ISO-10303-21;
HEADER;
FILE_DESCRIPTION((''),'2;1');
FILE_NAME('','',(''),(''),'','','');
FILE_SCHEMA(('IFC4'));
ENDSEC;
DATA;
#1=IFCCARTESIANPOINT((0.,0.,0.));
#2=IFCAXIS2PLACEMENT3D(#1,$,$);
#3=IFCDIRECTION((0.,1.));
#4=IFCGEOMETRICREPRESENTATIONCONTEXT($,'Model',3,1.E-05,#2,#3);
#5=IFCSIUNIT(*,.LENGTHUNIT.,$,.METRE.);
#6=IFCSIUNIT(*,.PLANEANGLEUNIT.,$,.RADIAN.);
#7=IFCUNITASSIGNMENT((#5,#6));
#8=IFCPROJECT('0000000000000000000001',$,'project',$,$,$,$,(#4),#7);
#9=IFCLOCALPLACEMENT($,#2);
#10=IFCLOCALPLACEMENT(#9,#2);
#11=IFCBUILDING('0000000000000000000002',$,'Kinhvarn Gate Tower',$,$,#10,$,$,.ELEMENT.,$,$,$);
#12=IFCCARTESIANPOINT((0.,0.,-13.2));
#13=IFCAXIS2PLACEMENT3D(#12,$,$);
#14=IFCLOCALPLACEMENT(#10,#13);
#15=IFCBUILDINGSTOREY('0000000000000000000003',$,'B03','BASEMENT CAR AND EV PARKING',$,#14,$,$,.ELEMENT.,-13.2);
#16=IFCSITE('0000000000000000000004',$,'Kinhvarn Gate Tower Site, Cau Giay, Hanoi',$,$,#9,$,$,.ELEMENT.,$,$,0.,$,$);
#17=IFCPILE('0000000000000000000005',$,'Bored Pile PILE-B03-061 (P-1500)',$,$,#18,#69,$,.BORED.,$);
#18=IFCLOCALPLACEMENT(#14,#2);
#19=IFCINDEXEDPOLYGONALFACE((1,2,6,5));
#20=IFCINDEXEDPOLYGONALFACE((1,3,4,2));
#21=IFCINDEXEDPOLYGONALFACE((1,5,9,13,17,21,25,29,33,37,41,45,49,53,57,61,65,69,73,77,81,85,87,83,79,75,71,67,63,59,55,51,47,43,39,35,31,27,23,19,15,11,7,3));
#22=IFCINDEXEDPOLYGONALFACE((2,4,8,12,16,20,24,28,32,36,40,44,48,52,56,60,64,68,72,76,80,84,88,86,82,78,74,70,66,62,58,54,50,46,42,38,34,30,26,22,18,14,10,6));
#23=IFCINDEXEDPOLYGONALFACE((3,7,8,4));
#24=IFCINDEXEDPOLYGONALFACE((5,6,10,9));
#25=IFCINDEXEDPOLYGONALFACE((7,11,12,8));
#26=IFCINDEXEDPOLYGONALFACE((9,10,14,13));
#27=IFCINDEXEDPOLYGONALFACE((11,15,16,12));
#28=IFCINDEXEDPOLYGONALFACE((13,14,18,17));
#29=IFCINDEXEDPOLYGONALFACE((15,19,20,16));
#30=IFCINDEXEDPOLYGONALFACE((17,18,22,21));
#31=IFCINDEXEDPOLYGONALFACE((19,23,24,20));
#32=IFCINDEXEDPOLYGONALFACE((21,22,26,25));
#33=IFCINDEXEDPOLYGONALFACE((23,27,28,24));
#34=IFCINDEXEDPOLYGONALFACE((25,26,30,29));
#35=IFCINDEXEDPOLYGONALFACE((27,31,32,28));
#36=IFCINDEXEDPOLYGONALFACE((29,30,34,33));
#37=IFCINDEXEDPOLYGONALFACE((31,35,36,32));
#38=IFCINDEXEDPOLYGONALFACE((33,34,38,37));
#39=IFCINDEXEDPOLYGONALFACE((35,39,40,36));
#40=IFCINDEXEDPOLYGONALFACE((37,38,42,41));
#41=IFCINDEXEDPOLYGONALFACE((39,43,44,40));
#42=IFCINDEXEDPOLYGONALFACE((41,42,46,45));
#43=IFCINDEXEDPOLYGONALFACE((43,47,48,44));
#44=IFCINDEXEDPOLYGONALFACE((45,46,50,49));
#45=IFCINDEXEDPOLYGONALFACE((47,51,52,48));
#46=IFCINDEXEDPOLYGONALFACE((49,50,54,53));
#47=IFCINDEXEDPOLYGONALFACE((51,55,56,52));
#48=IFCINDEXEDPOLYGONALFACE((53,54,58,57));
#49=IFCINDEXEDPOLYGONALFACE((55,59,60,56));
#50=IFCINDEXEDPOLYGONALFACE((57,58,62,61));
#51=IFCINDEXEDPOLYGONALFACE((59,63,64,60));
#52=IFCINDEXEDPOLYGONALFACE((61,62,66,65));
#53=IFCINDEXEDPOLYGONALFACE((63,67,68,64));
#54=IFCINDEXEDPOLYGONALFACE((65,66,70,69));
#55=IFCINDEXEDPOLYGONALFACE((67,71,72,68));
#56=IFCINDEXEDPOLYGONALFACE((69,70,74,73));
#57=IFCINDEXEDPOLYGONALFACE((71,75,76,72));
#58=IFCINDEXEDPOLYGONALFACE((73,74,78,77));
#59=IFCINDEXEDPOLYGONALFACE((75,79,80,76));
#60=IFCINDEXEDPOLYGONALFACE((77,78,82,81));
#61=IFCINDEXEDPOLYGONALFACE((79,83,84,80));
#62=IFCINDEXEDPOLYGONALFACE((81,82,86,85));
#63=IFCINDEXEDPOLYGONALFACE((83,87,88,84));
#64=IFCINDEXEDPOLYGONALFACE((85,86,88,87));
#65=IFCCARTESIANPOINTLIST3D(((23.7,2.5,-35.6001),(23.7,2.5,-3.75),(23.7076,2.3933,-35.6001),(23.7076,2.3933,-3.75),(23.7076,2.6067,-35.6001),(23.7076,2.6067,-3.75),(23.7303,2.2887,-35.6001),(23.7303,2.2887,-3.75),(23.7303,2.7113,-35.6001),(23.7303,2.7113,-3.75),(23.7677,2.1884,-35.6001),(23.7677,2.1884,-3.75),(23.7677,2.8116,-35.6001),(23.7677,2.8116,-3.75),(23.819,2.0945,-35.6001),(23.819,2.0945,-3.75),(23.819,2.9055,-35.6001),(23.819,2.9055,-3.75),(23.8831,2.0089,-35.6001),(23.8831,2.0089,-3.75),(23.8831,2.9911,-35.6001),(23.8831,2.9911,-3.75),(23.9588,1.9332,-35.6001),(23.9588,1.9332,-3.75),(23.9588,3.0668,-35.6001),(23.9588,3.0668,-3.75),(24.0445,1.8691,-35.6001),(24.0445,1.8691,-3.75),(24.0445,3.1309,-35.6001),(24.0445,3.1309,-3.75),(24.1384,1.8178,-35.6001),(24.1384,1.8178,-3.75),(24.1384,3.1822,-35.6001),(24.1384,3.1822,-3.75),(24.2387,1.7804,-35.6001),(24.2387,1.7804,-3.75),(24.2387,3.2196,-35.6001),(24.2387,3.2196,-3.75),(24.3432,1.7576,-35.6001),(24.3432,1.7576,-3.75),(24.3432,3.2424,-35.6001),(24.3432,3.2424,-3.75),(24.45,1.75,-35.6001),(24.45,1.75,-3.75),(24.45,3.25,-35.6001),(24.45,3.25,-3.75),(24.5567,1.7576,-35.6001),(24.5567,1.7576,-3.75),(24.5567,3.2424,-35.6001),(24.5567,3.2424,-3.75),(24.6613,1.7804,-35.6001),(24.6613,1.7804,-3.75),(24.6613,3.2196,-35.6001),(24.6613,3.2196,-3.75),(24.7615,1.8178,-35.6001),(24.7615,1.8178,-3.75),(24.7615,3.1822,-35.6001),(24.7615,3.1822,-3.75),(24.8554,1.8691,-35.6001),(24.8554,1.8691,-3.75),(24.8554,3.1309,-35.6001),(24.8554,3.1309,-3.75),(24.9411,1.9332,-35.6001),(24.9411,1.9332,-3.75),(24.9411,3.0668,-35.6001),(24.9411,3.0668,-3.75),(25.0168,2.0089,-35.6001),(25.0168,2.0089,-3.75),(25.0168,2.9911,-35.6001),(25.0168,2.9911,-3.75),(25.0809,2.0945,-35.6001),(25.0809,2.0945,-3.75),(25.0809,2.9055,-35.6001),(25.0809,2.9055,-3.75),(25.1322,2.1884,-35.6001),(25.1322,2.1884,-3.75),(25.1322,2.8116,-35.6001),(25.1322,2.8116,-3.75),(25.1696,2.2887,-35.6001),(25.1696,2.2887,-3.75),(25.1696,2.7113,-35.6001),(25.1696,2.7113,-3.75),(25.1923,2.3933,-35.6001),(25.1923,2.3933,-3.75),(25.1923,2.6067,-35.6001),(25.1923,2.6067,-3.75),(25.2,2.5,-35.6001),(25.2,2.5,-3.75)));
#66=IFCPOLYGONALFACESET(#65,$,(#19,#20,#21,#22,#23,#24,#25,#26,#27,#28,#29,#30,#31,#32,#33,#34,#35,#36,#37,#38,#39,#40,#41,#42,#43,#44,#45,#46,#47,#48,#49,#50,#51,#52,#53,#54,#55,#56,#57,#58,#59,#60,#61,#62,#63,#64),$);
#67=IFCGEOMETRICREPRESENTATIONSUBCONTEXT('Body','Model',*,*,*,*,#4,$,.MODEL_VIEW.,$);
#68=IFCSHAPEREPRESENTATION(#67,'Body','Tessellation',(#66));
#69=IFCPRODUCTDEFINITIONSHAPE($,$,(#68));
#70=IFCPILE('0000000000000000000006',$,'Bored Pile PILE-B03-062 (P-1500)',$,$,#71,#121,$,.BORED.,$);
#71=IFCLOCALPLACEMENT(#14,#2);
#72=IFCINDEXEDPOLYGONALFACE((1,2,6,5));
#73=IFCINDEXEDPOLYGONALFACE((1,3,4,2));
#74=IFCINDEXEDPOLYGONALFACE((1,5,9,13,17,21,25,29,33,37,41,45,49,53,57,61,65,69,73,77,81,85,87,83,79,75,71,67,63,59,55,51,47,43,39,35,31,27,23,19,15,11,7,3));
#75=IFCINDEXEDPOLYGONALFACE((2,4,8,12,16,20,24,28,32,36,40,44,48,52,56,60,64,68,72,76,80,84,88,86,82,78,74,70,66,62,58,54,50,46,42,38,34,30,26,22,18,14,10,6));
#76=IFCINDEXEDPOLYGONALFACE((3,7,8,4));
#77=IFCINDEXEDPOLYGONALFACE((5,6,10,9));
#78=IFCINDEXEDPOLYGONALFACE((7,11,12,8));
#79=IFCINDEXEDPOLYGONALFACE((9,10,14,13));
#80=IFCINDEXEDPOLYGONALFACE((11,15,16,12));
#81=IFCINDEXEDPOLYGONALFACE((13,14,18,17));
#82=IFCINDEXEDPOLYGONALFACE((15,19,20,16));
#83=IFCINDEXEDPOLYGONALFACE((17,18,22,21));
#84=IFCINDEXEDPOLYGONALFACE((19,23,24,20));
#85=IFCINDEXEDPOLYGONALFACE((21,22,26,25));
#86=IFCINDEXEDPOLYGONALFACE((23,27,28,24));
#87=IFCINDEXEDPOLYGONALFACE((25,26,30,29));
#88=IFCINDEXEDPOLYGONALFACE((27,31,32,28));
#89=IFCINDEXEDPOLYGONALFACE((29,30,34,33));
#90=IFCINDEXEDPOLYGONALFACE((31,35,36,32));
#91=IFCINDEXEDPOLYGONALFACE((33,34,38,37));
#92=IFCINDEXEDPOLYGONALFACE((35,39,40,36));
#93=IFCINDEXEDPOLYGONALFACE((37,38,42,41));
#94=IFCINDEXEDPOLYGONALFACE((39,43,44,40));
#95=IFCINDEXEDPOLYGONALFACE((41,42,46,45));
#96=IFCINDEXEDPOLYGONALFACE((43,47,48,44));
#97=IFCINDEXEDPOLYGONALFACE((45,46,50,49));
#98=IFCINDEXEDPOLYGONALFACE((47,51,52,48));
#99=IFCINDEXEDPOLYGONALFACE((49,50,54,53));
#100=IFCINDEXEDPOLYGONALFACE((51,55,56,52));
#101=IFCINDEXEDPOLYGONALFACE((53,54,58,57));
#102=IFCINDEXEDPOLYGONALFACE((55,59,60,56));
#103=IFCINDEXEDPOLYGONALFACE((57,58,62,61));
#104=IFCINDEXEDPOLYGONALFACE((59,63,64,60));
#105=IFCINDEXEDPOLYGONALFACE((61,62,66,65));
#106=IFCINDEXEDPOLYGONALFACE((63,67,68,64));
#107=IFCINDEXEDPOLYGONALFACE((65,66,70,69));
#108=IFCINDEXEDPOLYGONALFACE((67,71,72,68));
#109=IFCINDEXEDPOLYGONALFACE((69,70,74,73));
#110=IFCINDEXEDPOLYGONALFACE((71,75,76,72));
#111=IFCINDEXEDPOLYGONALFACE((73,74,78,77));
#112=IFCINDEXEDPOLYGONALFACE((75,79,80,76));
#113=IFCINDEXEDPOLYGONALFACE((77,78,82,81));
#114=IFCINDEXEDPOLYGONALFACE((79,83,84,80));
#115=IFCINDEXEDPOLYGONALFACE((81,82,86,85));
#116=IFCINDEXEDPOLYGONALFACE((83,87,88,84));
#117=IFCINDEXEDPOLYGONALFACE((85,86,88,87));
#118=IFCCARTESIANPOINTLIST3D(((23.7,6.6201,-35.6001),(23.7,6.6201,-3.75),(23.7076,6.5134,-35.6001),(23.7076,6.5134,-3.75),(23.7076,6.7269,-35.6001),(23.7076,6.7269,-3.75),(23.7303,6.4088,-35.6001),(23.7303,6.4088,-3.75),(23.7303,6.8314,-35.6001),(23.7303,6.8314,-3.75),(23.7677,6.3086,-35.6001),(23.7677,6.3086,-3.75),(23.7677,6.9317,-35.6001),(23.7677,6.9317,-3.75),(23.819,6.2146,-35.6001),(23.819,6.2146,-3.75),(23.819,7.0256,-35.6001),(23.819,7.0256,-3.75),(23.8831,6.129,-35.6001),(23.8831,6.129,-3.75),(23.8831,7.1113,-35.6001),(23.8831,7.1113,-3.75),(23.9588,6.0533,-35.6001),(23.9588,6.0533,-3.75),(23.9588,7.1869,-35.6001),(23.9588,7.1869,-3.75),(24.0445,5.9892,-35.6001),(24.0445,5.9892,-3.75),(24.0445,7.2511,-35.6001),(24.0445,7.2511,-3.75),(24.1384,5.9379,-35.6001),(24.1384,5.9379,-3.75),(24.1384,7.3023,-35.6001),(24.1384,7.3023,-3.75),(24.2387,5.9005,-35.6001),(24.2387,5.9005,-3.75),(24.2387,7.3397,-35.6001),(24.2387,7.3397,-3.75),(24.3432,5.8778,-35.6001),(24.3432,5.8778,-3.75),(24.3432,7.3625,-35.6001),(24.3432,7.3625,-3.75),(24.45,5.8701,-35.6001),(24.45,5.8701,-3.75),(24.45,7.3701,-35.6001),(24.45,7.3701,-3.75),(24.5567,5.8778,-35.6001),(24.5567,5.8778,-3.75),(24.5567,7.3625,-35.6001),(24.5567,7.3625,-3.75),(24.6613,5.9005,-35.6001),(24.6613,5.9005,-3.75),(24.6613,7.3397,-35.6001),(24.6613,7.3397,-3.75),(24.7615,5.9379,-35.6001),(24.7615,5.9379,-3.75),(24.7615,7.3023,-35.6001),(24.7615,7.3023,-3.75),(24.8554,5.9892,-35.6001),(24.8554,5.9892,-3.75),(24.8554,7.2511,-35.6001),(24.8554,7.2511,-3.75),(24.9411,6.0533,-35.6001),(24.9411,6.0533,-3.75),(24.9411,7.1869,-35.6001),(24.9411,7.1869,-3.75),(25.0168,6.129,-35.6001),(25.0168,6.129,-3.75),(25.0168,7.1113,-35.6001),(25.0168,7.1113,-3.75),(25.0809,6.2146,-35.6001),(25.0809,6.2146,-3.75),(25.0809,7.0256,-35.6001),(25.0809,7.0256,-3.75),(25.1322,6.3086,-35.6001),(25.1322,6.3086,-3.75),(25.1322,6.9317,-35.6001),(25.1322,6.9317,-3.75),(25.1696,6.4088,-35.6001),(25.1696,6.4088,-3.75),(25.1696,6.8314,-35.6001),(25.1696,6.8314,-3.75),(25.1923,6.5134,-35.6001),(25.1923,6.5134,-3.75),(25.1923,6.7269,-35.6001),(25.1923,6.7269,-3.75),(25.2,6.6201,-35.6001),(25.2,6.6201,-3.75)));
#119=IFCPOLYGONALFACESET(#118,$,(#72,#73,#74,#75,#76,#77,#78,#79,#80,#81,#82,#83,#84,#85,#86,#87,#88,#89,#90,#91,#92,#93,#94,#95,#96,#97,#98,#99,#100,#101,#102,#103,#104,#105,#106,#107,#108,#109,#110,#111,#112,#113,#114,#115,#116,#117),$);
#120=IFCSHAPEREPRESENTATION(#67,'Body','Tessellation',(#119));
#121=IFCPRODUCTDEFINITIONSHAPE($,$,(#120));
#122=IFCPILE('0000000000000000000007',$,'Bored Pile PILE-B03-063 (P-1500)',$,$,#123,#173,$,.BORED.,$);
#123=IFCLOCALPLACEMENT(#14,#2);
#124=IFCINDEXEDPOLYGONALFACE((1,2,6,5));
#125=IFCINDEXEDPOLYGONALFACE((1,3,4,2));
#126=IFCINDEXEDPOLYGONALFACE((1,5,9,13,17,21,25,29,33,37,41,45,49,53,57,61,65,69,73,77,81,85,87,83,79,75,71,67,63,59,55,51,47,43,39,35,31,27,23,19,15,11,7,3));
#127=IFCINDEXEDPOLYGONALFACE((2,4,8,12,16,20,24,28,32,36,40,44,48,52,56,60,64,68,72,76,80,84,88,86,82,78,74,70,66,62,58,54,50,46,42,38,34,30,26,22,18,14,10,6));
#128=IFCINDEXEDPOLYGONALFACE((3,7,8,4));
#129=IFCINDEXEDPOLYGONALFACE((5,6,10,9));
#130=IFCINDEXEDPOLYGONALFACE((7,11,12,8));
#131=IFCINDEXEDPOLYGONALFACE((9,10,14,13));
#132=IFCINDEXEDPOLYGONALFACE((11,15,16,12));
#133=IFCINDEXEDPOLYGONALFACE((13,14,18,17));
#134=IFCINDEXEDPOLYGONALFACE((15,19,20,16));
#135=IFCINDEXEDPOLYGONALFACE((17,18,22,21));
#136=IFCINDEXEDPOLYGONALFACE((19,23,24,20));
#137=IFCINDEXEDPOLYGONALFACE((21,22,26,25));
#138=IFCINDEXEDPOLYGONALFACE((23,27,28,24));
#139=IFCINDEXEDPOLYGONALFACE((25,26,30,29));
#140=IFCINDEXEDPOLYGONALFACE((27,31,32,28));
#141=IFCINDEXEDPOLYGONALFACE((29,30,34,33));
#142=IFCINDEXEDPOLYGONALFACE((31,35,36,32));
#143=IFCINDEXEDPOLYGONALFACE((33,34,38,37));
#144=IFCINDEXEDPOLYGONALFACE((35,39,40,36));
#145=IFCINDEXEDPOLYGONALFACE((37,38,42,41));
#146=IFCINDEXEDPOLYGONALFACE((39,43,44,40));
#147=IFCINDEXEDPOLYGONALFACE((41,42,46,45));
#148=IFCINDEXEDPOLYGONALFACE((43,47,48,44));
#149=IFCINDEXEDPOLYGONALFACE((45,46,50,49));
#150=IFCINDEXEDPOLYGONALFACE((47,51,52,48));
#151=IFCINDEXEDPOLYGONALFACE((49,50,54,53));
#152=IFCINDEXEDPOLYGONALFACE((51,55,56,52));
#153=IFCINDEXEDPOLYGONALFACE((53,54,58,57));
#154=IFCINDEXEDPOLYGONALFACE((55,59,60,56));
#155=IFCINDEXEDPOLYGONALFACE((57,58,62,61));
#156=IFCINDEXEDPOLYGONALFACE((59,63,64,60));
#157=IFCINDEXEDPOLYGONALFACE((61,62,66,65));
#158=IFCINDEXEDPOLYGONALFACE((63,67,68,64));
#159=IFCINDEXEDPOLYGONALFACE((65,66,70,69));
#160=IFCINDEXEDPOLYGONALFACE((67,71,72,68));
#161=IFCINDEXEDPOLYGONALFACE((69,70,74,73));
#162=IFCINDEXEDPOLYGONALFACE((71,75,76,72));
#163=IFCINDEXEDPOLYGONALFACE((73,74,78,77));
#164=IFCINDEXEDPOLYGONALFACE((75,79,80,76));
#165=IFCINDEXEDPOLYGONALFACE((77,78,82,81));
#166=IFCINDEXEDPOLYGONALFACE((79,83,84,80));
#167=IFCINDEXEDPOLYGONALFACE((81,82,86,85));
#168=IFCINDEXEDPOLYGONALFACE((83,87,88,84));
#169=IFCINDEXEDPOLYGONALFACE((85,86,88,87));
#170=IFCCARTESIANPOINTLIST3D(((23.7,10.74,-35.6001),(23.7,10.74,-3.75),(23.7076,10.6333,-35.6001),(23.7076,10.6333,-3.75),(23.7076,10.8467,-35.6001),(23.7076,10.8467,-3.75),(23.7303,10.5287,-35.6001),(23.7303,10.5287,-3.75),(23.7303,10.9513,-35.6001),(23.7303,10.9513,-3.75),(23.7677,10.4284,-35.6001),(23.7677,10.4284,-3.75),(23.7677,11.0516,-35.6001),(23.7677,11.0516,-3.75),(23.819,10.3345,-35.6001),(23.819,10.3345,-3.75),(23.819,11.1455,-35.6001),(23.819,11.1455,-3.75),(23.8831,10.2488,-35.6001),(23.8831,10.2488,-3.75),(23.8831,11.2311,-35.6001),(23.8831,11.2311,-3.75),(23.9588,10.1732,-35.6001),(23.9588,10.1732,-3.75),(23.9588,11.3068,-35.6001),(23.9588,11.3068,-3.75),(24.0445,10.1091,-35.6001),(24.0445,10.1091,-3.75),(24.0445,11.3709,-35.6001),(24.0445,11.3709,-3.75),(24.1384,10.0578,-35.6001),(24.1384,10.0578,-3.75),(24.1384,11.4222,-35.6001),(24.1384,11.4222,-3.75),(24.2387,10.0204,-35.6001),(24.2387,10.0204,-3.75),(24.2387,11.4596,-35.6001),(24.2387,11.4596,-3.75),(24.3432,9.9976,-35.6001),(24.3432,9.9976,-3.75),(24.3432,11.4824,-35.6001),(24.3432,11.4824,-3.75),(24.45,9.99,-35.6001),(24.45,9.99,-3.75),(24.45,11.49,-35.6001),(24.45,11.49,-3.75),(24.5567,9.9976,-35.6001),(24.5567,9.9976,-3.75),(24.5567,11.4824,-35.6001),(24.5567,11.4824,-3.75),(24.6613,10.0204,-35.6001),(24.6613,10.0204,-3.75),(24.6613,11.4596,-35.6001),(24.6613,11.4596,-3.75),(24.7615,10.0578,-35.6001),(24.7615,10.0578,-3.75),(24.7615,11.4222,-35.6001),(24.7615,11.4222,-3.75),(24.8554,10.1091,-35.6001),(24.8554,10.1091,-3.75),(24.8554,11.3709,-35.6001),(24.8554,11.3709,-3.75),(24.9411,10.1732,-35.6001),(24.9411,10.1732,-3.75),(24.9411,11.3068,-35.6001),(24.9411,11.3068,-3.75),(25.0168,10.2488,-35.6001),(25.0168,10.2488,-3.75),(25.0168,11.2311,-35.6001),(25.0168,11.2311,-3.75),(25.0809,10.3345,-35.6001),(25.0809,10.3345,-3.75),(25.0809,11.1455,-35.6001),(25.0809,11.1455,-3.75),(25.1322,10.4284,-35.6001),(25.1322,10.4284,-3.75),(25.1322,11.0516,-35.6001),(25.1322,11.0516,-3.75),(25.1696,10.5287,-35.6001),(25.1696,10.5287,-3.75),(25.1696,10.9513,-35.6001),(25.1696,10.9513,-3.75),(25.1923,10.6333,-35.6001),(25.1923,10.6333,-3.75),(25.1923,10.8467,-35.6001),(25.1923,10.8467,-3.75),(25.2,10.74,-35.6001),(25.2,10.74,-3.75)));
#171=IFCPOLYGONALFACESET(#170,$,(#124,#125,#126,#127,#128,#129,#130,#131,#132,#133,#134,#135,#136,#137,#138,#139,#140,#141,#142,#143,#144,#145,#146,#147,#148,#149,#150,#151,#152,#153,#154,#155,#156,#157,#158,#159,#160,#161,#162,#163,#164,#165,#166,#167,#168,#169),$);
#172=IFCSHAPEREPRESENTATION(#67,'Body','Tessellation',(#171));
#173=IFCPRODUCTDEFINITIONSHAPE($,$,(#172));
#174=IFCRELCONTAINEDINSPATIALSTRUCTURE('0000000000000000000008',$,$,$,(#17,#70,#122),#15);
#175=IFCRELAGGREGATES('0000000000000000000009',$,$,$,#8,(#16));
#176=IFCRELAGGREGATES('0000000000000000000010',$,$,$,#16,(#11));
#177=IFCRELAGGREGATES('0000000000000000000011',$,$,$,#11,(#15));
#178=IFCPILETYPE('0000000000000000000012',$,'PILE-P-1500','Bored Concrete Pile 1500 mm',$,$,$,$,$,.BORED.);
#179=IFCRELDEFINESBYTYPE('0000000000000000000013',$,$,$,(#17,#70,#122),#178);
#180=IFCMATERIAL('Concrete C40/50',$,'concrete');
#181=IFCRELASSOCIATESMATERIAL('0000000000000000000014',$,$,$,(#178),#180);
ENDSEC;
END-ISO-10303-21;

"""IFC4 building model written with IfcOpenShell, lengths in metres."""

from ifc_helpers import new_model, si_unit, direction, frame, origin, origin_2d, place, context, subcontext, project, spatial, circle, extrude, material, material_profile, profile_set, type_object, element, save


model = new_model("IFC4")

# Units and contexts
model_context = context("Model", 3, precision=1e-05, world=origin(), true_north=direction((0.0, 1.0)))
body_context = subcontext(model_context, "Body", "Model", "MODEL_VIEW")
ifc_project = project(units=[si_unit("LENGTHUNIT", "METRE"), si_unit("PLANEANGLEUNIT", "RADIAN")], contexts=[model_context])

# Site, building, storey
site_placement = place(None, origin())
site = spatial("IfcSite", under=ifc_project, at=site_placement, Name="Kinhvarn Gate Tower Site, Cau Giay, Hanoi", CompositionType="ELEMENT", RefElevation=0.0)
building_placement = place(site_placement, origin())
building = spatial("IfcBuilding", under=site, at=building_placement, Name="Kinhvarn Gate Tower", CompositionType="ELEMENT")
storey_placement = place(building_placement, frame((0.0, 0.0, -13.2)))
storey = spatial("IfcBuildingStorey", under=building, at=storey_placement, Name="B03", Description="BASEMENT CAR AND EV PARKING", CompositionType="ELEMENT", Elevation=-13.2)

# Piles
ifc_material = material(Name="Concrete C40/50", Category="concrete")
ifc_material_profile_1 = material_profile(ifc_material, circle(Radius=0.75, at=origin_2d()), Name="PILE D1500")
ifc_profile_set_1 = profile_set([ifc_material_profile_1], Name="Concrete C40/50")
pile_type_1 = type_object("IfcPileType", Name="PILE-P-1500", Description="Bored Concrete Pile 1500 mm", PredefinedType="BORED", material=ifc_profile_set_1)
for number, where, z_axis, x_axis, name in (
    (1, (24.45, 2.5, -35.6001), (0.0, 0.0, 1.0), (1.0, 0.0, 0.0), "Bored Pile PILE-B03-061 (P-1500)"),
    (2, (24.45, 6.6201, -35.6001), (0.0, 0.0, 1.0), (1.0, 0.0, 0.0), "Bored Pile PILE-B03-062 (P-1500)"),
    (3, (24.45, 10.74, -35.6001), (0.0, 0.0, 1.0), (1.0, 0.0, 0.0), "Bored Pile PILE-B03-063 (P-1500)"),
):
    element("IfcPile", number, at=place(storey_placement, frame(where, z_axis=z_axis, x_axis=x_axis)), inside=storey, type_object=pile_type_1, Name=name, PredefinedType="BORED", context=body_context, shape_type="SweptSolid", body=[
        extrude(circle(Radius=0.75, at=origin_2d()), origin(), (0.0, 0.0, 1.0), 31.8501),
    ])

save(model, "model.ifc")
